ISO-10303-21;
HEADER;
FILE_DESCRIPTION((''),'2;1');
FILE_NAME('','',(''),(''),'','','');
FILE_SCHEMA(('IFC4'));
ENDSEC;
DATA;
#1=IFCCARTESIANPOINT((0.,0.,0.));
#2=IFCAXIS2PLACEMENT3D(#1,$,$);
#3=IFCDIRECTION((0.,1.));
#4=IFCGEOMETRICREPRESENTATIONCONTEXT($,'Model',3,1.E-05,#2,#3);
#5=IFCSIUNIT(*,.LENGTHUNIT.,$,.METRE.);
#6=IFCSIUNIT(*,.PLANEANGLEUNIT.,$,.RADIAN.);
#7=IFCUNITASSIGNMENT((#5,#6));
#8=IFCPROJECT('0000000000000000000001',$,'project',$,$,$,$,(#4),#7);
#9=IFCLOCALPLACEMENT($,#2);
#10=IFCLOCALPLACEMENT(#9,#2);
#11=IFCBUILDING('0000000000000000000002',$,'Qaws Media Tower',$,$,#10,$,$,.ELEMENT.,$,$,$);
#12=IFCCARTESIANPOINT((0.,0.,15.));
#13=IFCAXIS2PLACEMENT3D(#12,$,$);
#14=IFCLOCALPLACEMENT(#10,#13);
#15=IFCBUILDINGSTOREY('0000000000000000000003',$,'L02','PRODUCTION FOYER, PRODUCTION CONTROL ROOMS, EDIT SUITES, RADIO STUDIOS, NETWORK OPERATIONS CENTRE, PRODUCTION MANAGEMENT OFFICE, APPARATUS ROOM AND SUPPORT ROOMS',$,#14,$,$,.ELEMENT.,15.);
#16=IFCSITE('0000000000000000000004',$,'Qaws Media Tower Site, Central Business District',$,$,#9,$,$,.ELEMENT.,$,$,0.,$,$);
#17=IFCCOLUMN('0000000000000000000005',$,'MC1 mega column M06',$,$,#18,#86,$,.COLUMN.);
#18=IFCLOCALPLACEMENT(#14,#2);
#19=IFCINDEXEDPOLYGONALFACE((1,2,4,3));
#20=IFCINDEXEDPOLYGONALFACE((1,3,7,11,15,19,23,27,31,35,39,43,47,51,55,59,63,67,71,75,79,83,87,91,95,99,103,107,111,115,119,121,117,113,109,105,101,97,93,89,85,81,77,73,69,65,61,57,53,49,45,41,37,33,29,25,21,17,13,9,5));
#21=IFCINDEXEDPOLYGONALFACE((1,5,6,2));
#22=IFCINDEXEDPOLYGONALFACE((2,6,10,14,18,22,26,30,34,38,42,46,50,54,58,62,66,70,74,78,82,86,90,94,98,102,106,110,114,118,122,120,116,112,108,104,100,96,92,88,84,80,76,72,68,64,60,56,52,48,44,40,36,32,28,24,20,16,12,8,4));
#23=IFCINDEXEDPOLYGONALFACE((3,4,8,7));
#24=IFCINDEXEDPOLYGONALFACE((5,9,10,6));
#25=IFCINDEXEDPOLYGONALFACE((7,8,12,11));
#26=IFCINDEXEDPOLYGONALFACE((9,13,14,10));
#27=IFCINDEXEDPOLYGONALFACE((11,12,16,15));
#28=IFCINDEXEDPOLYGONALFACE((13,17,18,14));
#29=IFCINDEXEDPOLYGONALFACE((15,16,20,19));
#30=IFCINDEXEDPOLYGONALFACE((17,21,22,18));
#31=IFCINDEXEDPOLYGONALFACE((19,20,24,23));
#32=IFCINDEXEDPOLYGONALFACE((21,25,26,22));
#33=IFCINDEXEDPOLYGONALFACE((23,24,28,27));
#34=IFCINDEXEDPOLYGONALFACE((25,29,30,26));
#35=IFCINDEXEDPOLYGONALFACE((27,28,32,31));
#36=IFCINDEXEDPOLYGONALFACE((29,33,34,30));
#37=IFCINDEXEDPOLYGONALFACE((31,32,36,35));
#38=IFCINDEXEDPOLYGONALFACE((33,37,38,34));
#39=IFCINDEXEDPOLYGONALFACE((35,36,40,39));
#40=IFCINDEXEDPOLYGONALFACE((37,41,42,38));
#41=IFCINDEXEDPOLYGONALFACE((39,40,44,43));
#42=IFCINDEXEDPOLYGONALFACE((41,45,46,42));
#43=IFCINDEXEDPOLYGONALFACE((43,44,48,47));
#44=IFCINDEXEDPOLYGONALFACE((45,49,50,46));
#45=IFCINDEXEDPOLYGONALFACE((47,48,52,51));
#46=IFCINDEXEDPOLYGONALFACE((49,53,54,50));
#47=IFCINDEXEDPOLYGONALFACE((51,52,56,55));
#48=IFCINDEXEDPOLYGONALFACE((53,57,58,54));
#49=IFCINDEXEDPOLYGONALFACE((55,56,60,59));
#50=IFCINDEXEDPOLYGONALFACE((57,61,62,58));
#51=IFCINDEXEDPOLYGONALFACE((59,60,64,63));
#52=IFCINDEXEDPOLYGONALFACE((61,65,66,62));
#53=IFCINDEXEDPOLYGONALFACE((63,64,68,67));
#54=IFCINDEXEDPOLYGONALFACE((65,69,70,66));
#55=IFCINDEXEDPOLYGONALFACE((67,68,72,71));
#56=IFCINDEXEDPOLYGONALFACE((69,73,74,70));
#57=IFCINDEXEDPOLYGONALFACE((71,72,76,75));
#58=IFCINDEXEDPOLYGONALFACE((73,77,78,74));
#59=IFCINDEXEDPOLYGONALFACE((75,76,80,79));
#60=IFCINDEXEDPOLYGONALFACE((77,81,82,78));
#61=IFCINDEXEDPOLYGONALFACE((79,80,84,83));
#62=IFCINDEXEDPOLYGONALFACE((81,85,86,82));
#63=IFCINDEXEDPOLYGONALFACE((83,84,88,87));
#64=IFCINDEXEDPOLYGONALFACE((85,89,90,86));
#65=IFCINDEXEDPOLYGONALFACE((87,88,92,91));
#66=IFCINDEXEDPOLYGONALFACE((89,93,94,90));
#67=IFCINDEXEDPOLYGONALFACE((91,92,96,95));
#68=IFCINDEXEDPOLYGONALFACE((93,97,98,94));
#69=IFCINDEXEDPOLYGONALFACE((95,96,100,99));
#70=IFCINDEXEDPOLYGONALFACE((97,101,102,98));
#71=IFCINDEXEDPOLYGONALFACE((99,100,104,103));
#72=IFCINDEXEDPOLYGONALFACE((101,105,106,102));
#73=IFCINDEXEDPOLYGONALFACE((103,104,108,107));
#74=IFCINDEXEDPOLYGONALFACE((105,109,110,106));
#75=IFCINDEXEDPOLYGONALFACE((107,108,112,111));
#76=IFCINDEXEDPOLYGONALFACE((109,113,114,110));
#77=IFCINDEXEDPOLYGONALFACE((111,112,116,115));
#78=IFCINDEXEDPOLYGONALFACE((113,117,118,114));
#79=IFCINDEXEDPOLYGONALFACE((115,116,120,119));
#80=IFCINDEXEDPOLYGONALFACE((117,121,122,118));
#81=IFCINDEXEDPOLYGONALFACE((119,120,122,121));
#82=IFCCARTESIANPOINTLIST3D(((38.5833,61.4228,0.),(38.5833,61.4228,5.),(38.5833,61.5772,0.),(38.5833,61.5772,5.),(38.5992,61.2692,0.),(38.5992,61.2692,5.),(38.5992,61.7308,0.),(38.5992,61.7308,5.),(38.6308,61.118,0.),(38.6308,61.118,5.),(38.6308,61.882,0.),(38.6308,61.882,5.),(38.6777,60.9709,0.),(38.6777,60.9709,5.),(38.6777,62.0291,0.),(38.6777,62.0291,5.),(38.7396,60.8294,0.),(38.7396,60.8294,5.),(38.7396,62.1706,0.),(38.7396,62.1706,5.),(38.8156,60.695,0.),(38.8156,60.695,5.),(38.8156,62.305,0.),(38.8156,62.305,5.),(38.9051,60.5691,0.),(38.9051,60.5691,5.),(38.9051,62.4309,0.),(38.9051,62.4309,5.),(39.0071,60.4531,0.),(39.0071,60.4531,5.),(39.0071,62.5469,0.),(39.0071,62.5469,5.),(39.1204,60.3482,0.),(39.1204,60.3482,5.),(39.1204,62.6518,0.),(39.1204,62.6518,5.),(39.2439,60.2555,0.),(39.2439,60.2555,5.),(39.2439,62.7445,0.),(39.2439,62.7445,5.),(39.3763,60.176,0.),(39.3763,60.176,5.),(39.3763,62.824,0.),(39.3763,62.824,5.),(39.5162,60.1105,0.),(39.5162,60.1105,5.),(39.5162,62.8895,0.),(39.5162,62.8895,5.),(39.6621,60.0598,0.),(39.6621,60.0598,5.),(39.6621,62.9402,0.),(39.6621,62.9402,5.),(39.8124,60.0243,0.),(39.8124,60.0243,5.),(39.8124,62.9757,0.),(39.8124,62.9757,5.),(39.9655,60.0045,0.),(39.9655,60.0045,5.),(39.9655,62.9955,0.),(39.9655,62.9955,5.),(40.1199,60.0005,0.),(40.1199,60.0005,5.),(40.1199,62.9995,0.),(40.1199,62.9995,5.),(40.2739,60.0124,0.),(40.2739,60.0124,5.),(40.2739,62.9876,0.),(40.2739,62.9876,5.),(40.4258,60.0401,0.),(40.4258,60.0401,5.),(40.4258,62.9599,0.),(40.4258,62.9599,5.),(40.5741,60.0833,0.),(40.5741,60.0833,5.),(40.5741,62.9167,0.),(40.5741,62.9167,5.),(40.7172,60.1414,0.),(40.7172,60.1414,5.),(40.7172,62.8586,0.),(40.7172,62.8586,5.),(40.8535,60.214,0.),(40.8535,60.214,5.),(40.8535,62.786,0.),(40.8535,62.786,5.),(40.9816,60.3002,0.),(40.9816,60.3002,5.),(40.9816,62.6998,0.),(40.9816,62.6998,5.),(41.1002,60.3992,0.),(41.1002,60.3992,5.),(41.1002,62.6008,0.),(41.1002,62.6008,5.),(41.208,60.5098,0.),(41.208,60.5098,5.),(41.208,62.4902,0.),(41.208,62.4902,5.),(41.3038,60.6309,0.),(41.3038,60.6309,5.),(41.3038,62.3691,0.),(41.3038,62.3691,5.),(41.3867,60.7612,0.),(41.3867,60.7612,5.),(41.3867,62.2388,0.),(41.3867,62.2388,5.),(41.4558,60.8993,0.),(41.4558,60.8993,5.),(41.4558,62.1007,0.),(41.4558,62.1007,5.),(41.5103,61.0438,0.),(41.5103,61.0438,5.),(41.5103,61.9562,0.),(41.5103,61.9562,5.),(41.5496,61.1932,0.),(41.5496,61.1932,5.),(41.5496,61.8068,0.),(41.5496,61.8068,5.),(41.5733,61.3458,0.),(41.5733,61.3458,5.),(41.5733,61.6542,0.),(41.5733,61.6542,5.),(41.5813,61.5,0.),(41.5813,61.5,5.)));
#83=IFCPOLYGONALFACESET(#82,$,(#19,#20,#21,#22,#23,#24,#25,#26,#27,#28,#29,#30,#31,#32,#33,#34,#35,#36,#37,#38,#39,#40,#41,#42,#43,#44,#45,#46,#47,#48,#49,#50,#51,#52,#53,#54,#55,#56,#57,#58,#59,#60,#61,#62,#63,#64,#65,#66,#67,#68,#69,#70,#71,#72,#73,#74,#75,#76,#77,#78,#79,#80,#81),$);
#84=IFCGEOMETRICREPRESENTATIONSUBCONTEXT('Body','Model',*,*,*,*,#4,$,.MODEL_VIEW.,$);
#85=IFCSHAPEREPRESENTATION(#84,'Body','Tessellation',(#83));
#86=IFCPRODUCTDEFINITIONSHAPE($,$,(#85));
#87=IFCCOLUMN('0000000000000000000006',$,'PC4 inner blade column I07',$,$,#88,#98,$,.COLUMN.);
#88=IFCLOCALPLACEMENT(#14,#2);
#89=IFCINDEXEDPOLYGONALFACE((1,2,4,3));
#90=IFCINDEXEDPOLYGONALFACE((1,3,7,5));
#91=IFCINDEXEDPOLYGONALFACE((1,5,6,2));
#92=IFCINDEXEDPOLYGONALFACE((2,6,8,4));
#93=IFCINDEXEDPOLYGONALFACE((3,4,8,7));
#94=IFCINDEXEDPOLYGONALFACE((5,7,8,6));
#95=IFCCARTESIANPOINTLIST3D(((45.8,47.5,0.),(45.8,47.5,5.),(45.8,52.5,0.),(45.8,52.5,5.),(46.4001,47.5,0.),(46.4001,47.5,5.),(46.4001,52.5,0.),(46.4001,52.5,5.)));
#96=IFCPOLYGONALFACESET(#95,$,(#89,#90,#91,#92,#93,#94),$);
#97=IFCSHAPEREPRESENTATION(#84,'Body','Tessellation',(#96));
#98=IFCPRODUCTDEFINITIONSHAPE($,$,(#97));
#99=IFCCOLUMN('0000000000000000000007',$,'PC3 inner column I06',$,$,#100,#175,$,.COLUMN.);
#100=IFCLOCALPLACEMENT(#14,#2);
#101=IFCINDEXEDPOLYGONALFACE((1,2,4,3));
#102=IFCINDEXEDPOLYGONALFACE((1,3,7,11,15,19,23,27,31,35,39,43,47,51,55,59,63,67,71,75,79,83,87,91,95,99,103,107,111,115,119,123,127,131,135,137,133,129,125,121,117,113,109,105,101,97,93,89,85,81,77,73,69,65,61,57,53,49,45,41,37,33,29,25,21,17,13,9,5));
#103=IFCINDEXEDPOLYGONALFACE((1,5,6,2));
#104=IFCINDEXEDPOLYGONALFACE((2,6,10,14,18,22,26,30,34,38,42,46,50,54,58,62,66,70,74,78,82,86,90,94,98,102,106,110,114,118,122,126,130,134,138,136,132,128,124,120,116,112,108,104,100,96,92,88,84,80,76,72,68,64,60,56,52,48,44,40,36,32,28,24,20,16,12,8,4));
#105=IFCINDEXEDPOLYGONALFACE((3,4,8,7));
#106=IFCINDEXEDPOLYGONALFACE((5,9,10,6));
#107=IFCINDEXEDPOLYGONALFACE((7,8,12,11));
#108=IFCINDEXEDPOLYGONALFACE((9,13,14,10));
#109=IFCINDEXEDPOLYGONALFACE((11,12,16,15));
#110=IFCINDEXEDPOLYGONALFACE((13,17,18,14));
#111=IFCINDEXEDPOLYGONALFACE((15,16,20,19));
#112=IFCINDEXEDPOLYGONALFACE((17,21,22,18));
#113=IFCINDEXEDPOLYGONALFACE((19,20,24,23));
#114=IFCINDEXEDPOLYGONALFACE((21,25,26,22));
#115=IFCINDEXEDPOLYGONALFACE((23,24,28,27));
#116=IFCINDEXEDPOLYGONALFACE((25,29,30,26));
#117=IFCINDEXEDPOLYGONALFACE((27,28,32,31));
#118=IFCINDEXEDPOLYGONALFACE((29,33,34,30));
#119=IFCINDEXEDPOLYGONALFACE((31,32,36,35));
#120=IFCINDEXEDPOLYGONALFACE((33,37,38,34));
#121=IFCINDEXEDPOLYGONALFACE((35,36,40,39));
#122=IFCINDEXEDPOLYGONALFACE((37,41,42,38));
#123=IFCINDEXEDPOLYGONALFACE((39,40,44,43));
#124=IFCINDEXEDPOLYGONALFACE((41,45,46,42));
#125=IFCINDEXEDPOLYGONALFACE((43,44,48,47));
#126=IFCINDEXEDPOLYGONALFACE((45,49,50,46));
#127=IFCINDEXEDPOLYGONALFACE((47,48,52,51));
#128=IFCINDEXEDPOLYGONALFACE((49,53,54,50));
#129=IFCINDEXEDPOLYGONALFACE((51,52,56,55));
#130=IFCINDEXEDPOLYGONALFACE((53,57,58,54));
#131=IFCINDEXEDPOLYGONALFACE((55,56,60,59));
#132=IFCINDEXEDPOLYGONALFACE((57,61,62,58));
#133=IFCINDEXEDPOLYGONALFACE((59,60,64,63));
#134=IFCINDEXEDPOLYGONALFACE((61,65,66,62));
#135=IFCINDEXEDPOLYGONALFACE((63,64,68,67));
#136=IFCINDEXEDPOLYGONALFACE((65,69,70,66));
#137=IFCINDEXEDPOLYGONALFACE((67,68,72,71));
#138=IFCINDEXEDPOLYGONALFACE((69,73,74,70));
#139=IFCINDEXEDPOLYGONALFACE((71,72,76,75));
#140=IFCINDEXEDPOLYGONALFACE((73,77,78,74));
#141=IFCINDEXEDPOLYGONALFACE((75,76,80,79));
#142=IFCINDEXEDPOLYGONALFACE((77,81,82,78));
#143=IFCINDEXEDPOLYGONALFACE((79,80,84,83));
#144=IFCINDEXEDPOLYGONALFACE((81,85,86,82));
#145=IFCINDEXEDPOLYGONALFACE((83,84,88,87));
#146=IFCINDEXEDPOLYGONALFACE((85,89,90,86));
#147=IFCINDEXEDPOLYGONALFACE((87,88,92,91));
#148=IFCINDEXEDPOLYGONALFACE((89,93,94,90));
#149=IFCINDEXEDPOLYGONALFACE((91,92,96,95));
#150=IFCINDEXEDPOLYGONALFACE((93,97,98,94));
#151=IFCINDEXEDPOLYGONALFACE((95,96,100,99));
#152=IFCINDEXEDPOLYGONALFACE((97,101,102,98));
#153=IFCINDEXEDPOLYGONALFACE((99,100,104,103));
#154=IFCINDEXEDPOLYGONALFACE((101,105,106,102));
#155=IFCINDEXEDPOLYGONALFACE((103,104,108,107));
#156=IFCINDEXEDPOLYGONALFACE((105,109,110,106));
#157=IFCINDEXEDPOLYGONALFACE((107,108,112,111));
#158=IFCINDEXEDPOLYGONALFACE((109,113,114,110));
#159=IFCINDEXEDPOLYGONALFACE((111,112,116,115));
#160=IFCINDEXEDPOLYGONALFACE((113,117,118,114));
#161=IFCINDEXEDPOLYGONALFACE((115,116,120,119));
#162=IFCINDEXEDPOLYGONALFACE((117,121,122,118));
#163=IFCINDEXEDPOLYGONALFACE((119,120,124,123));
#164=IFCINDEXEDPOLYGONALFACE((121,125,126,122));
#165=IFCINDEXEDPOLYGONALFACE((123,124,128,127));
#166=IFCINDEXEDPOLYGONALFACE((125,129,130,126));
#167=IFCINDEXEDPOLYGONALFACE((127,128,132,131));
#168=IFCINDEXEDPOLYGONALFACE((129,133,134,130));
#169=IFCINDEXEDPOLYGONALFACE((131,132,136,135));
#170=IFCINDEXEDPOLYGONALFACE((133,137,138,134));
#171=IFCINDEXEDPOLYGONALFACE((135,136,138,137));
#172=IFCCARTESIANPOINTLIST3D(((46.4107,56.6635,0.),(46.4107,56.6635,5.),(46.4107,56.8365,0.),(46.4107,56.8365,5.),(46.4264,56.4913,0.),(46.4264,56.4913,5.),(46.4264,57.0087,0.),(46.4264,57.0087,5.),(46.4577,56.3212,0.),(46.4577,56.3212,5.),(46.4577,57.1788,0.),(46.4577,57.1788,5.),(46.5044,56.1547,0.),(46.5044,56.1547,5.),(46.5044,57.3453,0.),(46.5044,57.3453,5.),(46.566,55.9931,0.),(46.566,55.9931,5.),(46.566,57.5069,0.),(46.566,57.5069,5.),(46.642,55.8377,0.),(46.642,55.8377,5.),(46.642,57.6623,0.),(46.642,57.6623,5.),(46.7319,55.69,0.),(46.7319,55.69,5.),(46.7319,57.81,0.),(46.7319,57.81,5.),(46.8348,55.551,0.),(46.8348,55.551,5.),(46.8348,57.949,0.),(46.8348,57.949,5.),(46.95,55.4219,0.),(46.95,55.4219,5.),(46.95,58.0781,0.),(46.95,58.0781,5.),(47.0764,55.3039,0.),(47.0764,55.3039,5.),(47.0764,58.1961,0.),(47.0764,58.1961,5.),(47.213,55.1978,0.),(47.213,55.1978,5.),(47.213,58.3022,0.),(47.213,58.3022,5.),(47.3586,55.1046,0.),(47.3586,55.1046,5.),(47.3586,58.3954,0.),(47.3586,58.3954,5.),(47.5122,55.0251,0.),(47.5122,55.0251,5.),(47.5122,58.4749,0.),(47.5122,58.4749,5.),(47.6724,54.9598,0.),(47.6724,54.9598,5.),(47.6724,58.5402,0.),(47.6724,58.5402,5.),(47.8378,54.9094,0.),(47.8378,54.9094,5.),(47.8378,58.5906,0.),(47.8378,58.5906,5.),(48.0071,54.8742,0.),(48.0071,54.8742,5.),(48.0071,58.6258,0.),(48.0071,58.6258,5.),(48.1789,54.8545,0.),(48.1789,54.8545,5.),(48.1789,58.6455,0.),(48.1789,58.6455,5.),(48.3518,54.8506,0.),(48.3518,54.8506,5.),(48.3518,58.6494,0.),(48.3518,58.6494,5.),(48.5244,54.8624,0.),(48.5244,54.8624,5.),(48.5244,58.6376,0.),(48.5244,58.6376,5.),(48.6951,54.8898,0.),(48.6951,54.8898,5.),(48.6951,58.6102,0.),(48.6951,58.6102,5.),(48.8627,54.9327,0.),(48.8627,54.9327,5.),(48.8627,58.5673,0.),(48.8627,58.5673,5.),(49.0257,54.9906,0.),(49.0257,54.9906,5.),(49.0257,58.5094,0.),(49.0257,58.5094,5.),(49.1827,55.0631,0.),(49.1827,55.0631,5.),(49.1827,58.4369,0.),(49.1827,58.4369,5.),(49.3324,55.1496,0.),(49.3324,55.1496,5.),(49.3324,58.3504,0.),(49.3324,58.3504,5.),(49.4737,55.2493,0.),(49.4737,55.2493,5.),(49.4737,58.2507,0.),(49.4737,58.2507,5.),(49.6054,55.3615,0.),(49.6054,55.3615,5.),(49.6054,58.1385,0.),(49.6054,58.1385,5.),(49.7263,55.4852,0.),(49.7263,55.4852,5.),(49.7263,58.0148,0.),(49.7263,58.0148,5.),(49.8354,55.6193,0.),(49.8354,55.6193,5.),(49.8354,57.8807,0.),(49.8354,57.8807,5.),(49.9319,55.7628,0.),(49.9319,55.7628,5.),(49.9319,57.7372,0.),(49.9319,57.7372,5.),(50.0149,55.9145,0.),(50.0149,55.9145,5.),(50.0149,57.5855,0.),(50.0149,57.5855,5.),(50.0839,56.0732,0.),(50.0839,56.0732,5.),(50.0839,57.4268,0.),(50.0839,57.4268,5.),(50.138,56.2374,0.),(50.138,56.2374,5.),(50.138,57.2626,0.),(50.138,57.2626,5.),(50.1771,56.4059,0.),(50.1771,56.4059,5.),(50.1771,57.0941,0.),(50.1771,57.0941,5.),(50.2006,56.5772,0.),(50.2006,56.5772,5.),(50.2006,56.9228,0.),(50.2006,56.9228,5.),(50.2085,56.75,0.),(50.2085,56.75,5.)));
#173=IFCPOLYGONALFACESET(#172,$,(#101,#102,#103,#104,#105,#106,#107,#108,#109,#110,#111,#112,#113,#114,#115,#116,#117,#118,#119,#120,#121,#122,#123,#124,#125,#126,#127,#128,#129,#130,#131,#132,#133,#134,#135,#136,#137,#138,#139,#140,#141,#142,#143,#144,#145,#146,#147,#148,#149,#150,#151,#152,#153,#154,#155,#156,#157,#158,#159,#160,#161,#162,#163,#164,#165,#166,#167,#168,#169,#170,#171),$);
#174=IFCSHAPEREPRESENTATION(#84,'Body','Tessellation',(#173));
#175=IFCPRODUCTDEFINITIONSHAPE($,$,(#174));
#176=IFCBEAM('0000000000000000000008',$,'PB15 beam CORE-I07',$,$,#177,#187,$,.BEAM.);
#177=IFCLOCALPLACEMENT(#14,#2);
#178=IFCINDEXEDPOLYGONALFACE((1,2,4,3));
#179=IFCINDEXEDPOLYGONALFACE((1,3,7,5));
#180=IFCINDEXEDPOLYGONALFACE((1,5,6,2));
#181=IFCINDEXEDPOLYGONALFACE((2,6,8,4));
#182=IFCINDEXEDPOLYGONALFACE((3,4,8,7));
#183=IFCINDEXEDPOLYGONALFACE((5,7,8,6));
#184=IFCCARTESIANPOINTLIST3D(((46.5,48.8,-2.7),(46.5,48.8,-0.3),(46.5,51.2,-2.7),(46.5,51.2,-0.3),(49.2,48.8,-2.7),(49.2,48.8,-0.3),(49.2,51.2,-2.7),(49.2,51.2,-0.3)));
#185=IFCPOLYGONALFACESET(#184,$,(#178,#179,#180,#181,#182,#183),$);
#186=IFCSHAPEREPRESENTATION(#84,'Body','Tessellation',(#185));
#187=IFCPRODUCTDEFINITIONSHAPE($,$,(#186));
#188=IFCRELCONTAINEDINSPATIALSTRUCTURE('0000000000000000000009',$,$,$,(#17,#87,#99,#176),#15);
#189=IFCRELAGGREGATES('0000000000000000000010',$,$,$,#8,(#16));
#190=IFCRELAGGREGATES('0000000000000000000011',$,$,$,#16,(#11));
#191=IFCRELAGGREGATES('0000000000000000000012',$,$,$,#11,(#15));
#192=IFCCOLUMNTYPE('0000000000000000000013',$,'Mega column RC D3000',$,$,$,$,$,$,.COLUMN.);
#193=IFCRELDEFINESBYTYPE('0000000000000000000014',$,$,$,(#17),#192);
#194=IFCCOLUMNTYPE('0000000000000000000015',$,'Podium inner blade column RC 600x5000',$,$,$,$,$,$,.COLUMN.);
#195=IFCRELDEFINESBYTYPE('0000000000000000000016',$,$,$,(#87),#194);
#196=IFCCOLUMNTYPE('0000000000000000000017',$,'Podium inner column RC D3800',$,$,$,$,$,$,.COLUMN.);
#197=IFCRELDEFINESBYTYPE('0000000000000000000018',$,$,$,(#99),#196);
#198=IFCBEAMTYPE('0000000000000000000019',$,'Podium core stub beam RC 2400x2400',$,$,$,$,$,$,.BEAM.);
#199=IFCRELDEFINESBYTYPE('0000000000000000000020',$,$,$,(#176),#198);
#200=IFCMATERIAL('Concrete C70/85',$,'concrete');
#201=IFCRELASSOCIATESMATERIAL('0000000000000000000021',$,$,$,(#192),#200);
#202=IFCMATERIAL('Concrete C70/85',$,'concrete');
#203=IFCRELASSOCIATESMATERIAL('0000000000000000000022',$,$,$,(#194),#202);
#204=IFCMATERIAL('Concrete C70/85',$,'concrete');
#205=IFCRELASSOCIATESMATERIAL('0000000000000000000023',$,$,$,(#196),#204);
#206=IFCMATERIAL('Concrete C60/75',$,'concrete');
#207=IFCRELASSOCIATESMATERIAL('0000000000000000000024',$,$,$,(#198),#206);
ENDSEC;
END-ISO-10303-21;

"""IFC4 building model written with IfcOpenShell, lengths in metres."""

from ifc_helpers import new_model, si_unit, direction, frame, origin, origin_2d, place, context, subcontext, project, spatial, rectangle, circle, extrude, material, material_profile, profile_set, type_object, element, save


model = new_model("IFC4")

# Units and contexts
model_context = context("Model", 3, precision=1e-05, world=origin(), true_north=direction((0.0, 1.0)))
body_context = subcontext(model_context, "Body", "Model", "MODEL_VIEW")
ifc_project = project(units=[si_unit("LENGTHUNIT", "METRE"), si_unit("PLANEANGLEUNIT", "RADIAN")], contexts=[model_context])

# Site, building, storey
site_placement = place(None, origin())
site = spatial("IfcSite", under=ifc_project, at=site_placement, Name="Qaws Media Tower Site, Central Business District", CompositionType="ELEMENT", RefElevation=0.0)
building_placement = place(site_placement, origin())
building = spatial("IfcBuilding", under=site, at=building_placement, Name="Qaws Media Tower", CompositionType="ELEMENT")
storey_placement = place(building_placement, frame((0.0, 0.0, 15.0)))
storey = spatial("IfcBuildingStorey", under=building, at=storey_placement, Name="L02", Description="PRODUCTION FOYER, PRODUCTION CONTROL ROOMS, EDIT SUITES, RADIO STUDIOS, NETWORK OPERATIONS CENTRE, PRODUCTION MANAGEMENT OFFICE, APPARATUS ROOM AND SUPPORT ROOMS", CompositionType="ELEMENT", Elevation=15.0)

# Columns
ifc_material_1 = material(Name="Concrete C70/85", Category="concrete")
ifc_material_profile_1 = material_profile(ifc_material_1, circle(Radius=1.5, at=origin_2d()), Name="RC D3000")
ifc_profile_set_1 = profile_set([ifc_material_profile_1], Name="Concrete C70/85")
column_type_1 = type_object("IfcColumnType", Name="Mega column RC D3000", PredefinedType="COLUMN", material=ifc_profile_set_1)
column_1_placement = place(storey_placement, frame((40.0813, 61.5, 0.0), z_axis=(0.0, 0.0, 1.0), x_axis=(1.0, 0.0, 0.0)))
element("IfcColumn", 1, at=column_1_placement, inside=storey, type_object=column_type_1, Name="MC1 mega column M06", PredefinedType="COLUMN", context=body_context, shape_type="SweptSolid", body=[
    extrude(circle(Radius=1.5, at=origin_2d()), origin(), (0.0, 0.0, 1.0), 5.0),
])
ifc_material_2 = material(Name="Concrete C70/85", Category="concrete")
ifc_material_profile_2 = material_profile(ifc_material_2, rectangle(XDim=0.6001, YDim=5.0, at=origin_2d()), Name="RC 600x5000")
ifc_profile_set_2 = profile_set([ifc_material_profile_2], Name="Concrete C70/85")
column_type_2 = type_object("IfcColumnType", Name="Podium inner blade column RC 600x5000", PredefinedType="COLUMN", material=ifc_profile_set_2)
column_2_placement = place(storey_placement, frame((46.1001, 50.0, 0.0), z_axis=(0.0, 0.0, 1.0), x_axis=(1.0, 0.0, 0.0)))
element("IfcColumn", 2, at=column_2_placement, inside=storey, type_object=column_type_2, Name="PC4 inner blade column I07", PredefinedType="COLUMN", context=body_context, shape_type="SweptSolid", body=[
    extrude(rectangle(XDim=0.6001, YDim=5.0, at=origin_2d()), origin(), (0.0, 0.0, 1.0), 5.0),
])
ifc_material_3 = material(Name="Concrete C70/85", Category="concrete")
ifc_material_profile_3 = material_profile(ifc_material_3, circle(Radius=1.8999, at=origin_2d()), Name="RC D3800")
ifc_profile_set_3 = profile_set([ifc_material_profile_3], Name="Concrete C70/85")
column_type_3 = type_object("IfcColumnType", Name="Podium inner column RC D3800", PredefinedType="COLUMN", material=ifc_profile_set_3)
column_3_placement = place(storey_placement, frame((48.3086, 56.75, 0.0), z_axis=(0.0, 0.0, 1.0), x_axis=(1.0, 0.0, 0.0)))
element("IfcColumn", 3, at=column_3_placement, inside=storey, type_object=column_type_3, Name="PC3 inner column I06", PredefinedType="COLUMN", context=body_context, shape_type="SweptSolid", body=[
    extrude(circle(Radius=1.8999, at=origin_2d()), origin(), (0.0, 0.0, 1.0), 5.0),
])

# Beam
ifc_material_4 = material(Name="Concrete C60/75", Category="concrete")
ifc_material_profile_4 = material_profile(ifc_material_4, rectangle(XDim=2.3999, YDim=2.3999, at=origin_2d()), Name="RC 2400x2400")
ifc_profile_set_4 = profile_set([ifc_material_profile_4], Name="Concrete C60/75")
beam_type_1 = type_object("IfcBeamType", Name="Podium core stub beam RC 2400x2400", PredefinedType="BEAM", material=ifc_profile_set_4)
beam_1_placement = place(storey_placement, frame((49.2, 50.0, -1.5), z_axis=(-1.0, 0.0, 0.0), x_axis=(0.0, -1.0, 0.0)))
element("IfcBeam", 4, at=beam_1_placement, inside=storey, type_object=beam_type_1, Name="PB15 beam CORE-I07", PredefinedType="BEAM", context=body_context, shape_type="SweptSolid", body=[
    extrude(rectangle(XDim=2.3999, YDim=2.3999, at=origin_2d()), origin(), (0.0, 0.0, 1.0), 2.7),
])

save(model, "model.ifc")
